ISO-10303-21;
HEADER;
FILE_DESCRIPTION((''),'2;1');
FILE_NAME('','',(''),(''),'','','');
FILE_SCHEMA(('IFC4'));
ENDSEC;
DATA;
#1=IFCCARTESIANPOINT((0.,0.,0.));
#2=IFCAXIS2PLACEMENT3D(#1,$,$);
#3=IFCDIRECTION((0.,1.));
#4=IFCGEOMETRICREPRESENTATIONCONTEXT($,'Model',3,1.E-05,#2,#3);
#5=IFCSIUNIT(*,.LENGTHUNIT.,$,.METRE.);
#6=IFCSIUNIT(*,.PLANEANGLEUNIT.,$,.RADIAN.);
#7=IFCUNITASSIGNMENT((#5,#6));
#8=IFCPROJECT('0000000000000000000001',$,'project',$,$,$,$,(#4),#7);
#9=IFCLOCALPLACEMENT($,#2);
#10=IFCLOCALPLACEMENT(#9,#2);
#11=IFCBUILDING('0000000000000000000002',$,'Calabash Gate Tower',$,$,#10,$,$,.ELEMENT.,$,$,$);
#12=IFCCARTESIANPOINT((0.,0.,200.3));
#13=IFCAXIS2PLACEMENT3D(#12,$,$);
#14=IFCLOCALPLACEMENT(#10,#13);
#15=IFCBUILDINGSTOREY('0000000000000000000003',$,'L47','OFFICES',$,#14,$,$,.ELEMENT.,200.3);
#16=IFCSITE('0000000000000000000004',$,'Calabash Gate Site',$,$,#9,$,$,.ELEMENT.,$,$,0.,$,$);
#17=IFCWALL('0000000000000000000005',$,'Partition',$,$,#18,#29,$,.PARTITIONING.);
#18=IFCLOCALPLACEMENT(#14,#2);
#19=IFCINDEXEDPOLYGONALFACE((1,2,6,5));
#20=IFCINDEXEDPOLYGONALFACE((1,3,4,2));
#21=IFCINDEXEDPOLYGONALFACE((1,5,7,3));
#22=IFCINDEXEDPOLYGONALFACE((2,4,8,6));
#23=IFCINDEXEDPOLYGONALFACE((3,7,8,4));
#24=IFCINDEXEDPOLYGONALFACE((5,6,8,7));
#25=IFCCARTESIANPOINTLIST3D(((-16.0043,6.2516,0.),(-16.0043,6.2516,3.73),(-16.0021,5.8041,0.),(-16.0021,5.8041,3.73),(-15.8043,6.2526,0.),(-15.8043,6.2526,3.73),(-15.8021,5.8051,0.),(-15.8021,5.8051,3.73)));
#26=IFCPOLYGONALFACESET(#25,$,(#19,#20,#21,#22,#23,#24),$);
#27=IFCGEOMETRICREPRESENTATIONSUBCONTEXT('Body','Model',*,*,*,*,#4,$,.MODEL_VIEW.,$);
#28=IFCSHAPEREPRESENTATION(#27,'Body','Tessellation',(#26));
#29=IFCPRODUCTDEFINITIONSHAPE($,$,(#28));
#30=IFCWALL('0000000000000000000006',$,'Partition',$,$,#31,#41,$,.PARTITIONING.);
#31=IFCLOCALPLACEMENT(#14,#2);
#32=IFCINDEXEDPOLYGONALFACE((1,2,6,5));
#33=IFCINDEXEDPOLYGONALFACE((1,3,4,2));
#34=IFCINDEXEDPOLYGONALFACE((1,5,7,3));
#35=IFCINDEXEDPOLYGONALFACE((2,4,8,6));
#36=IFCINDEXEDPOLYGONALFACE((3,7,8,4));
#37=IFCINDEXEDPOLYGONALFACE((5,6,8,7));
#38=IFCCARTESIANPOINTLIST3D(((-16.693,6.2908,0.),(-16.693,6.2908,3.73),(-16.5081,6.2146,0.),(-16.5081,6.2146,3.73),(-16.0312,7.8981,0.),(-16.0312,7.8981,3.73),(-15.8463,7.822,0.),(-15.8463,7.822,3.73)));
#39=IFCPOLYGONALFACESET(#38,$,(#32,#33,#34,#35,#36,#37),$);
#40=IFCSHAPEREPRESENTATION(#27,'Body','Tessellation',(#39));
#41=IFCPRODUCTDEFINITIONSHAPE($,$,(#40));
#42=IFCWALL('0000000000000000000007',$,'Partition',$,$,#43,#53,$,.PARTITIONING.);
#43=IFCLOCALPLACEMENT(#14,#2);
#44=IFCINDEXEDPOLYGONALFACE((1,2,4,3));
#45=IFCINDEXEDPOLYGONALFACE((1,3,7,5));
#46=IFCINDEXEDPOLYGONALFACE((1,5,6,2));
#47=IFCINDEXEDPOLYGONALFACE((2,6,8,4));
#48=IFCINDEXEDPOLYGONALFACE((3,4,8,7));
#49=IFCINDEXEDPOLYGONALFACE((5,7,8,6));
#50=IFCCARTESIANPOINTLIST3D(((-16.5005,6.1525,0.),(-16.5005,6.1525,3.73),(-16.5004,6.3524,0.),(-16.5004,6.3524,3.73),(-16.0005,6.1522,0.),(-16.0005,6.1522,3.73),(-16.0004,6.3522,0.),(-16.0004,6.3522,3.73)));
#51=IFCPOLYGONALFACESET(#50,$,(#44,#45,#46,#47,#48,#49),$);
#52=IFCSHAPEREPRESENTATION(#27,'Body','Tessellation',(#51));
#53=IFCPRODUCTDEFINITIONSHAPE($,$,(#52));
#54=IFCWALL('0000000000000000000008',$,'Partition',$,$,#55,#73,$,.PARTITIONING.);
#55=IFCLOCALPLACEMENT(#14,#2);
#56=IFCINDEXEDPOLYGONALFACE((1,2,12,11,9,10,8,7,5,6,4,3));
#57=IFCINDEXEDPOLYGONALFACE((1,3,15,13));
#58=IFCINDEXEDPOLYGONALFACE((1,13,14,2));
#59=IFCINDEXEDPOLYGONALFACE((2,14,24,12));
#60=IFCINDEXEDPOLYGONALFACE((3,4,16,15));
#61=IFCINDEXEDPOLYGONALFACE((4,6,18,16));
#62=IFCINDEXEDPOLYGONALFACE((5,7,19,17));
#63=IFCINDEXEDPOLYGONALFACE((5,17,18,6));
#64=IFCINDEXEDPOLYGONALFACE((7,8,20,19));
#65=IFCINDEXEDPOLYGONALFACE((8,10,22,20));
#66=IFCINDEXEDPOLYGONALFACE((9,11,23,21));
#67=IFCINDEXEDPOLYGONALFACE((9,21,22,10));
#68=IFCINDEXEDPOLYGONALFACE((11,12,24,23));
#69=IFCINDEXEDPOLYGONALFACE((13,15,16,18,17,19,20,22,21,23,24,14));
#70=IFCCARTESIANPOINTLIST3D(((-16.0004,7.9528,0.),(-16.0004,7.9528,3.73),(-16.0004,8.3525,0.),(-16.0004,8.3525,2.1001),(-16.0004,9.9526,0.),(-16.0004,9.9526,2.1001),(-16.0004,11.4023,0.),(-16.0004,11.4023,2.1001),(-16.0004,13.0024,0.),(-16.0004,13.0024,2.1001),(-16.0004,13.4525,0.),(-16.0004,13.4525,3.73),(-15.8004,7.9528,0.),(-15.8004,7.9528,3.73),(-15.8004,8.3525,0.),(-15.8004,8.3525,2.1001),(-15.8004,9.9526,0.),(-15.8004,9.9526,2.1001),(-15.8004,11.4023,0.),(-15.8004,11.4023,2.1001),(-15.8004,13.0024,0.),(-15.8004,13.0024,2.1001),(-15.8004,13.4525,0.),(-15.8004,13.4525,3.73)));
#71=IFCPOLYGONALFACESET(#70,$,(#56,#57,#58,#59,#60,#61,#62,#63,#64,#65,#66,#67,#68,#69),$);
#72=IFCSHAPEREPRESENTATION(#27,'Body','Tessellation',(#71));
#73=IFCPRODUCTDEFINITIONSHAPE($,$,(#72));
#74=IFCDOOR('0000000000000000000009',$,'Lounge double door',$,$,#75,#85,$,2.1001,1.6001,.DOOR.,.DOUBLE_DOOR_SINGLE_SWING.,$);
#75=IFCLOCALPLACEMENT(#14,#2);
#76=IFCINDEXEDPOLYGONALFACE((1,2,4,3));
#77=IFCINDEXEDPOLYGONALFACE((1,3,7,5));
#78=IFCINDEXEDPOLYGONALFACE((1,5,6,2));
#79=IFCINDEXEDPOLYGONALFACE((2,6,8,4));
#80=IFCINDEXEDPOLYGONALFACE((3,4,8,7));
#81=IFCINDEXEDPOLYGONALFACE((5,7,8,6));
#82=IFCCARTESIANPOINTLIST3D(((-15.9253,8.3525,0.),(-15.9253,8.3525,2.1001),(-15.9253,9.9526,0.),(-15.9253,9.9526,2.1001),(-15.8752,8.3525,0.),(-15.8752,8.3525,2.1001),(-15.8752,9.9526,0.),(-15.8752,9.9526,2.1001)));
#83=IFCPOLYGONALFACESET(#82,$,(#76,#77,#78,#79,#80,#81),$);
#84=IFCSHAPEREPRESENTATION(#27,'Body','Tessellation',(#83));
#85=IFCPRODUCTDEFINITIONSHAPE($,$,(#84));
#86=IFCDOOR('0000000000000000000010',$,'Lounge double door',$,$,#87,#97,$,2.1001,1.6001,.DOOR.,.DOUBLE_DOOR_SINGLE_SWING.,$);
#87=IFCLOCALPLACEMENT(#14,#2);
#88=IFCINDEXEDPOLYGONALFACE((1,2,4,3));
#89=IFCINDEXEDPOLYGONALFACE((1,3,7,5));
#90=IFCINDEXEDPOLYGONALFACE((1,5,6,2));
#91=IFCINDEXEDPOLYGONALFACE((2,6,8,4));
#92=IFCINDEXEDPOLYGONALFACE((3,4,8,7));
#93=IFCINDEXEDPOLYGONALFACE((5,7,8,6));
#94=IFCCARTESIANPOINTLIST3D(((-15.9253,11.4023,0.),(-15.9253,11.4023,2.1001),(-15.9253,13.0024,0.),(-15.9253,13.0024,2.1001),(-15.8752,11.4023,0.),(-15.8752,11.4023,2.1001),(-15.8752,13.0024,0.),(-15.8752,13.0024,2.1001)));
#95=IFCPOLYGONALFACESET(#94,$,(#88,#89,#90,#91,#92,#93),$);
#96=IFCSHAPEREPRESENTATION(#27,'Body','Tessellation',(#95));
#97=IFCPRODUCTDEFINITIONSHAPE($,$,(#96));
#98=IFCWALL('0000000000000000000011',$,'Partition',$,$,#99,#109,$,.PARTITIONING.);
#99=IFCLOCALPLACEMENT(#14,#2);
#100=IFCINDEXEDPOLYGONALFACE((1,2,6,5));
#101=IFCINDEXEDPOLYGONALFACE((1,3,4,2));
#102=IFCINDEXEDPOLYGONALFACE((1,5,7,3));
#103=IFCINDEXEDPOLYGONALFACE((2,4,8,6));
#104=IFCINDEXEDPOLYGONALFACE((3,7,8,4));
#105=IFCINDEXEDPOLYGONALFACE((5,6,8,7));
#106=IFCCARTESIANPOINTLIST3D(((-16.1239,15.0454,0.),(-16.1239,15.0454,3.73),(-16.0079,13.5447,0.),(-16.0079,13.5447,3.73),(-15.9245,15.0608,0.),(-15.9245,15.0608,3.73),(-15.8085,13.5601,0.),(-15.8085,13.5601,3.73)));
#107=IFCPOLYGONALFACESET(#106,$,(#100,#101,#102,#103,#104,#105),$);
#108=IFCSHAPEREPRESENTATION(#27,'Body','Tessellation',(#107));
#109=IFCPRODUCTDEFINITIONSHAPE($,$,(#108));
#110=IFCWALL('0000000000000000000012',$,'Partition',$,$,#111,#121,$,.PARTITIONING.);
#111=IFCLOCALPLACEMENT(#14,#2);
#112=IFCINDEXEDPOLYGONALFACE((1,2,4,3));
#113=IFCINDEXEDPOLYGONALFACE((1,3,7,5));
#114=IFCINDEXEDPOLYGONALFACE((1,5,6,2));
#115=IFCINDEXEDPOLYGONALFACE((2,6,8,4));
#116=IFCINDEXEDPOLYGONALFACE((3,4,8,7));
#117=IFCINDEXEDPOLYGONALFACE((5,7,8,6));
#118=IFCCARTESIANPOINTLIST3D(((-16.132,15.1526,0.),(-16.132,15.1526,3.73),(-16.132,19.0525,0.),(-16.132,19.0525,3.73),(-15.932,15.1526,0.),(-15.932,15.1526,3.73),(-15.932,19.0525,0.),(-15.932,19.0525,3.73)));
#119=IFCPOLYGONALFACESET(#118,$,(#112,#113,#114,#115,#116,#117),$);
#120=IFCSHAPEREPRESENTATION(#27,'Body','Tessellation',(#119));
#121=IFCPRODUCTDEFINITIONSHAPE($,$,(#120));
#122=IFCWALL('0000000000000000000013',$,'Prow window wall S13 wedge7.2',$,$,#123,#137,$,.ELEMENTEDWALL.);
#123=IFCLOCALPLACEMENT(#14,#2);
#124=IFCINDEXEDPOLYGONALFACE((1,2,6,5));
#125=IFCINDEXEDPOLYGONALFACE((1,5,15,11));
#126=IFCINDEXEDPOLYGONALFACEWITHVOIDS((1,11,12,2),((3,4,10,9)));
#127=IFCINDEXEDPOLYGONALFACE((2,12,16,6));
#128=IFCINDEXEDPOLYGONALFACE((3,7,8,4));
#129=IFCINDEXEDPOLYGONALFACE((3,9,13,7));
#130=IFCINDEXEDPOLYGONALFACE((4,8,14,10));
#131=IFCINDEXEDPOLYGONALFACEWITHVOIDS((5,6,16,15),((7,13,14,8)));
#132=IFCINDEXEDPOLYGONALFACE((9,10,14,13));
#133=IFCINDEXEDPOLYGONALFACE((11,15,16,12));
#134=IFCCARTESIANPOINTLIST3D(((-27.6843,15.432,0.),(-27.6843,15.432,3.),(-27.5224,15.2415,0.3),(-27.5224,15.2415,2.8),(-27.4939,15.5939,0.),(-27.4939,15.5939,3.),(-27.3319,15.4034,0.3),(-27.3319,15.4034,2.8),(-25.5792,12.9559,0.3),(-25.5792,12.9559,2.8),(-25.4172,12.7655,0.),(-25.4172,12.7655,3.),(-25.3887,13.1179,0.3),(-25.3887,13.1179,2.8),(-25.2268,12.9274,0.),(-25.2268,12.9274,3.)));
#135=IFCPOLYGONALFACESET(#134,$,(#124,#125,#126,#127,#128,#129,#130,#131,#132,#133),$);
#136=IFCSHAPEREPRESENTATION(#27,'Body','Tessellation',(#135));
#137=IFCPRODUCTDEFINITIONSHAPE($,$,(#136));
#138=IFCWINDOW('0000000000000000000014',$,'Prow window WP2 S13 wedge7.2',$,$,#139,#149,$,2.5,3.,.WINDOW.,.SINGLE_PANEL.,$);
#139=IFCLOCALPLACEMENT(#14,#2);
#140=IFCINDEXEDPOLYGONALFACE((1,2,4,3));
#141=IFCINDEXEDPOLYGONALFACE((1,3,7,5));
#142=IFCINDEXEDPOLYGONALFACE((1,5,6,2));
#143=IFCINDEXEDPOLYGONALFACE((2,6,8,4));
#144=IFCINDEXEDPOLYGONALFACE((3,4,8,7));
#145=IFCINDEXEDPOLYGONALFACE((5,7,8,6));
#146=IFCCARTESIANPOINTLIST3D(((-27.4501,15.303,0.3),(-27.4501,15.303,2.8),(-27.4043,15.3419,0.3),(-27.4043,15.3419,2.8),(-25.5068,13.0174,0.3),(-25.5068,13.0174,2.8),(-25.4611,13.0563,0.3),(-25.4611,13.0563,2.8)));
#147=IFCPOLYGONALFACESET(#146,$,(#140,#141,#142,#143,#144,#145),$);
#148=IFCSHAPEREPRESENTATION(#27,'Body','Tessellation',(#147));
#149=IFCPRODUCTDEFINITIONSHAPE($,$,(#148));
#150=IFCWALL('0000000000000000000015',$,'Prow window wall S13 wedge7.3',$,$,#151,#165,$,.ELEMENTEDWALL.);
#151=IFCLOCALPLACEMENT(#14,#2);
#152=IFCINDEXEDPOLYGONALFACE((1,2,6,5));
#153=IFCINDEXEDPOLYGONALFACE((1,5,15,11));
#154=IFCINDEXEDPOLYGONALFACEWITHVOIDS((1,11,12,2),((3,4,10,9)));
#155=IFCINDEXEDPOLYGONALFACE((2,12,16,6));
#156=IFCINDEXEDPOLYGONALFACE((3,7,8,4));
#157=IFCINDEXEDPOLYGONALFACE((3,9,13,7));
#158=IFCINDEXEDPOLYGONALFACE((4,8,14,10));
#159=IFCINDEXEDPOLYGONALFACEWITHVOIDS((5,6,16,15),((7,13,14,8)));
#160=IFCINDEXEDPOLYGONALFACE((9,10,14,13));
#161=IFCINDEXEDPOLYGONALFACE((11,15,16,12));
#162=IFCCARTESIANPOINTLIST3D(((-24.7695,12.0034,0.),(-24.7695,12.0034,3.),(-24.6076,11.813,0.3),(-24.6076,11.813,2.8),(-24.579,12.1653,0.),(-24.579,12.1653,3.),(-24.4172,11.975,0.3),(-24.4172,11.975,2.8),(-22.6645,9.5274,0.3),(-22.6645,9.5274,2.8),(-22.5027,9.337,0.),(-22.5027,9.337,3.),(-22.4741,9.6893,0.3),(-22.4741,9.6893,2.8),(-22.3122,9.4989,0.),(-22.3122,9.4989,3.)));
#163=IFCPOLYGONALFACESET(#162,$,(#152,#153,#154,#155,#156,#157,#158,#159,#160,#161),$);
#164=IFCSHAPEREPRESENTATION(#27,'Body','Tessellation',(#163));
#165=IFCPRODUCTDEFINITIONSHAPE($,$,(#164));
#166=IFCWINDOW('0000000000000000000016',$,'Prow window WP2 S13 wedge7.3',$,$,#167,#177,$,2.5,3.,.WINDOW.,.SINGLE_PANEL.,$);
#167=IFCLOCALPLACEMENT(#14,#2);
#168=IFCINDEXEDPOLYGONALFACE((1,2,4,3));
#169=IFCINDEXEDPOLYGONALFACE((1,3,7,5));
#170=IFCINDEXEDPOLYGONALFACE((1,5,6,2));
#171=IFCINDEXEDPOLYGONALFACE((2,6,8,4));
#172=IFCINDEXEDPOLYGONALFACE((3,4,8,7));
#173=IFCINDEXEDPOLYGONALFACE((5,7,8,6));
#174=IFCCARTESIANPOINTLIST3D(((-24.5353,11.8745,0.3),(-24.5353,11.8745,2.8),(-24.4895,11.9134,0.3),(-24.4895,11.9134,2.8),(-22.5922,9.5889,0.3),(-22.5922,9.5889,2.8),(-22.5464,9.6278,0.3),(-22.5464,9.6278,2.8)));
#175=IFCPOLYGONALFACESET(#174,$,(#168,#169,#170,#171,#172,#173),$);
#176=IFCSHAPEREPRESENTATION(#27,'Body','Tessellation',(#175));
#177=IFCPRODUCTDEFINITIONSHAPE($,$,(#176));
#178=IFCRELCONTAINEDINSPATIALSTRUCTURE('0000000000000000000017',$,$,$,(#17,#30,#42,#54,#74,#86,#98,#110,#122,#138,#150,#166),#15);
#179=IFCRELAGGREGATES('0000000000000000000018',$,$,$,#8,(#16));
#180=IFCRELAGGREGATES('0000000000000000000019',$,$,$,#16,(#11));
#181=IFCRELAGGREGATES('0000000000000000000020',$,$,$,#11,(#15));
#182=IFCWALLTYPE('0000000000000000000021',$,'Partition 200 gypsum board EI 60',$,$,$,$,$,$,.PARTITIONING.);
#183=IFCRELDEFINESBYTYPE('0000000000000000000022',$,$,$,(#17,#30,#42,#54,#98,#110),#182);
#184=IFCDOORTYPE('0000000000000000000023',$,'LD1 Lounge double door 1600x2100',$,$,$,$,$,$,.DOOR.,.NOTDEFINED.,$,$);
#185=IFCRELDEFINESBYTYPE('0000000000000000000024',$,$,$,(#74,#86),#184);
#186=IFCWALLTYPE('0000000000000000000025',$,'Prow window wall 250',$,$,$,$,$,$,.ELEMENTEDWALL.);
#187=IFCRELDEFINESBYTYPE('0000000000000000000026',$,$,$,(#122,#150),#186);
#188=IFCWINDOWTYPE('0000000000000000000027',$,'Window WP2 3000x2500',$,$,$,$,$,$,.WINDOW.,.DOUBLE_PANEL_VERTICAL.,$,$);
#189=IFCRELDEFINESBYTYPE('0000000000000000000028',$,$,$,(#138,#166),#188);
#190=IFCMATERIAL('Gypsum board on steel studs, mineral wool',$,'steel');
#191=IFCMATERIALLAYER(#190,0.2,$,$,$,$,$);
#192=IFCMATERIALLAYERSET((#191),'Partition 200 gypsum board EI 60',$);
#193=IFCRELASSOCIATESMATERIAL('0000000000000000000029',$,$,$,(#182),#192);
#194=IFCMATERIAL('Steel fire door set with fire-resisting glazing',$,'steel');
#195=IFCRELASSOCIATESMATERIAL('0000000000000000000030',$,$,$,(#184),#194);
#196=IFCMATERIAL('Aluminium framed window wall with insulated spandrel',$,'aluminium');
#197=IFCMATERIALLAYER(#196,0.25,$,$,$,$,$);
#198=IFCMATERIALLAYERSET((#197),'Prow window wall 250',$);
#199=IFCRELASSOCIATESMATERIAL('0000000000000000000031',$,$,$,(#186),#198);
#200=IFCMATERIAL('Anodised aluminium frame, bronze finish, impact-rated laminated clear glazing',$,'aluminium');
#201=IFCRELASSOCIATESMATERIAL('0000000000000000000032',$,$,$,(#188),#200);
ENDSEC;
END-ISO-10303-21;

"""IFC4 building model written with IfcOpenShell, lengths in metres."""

from ifc_helpers import new_model, si_unit, direction, frame, frame_2d, origin, place, context, subcontext, project, spatial, rectangle, extrude, material, layer, layer_set, type_object, element, fill, save


model = new_model("IFC4")

# Units and contexts
model_context = context("Model", 3, precision=1e-05, world=origin(), true_north=direction((0.0, 1.0)))
body_context = subcontext(model_context, "Body", "Model", "MODEL_VIEW")
ifc_project = project(units=[si_unit("LENGTHUNIT", "METRE"), si_unit("PLANEANGLEUNIT", "RADIAN")], contexts=[model_context])

# Site, building, storey
site_placement = place(None, origin())
site = spatial("IfcSite", under=ifc_project, at=site_placement, Name="Calabash Gate Site", CompositionType="ELEMENT", RefElevation=0.0)
building_placement = place(site_placement, origin())
building = spatial("IfcBuilding", under=site, at=building_placement, Name="Calabash Gate Tower", CompositionType="ELEMENT")
storey_placement = place(building_placement, frame((0.0, 0.0, 200.3)))
storey = spatial("IfcBuildingStorey", under=building, at=storey_placement, Name="L47", Description="OFFICES", CompositionType="ELEMENT", Elevation=200.3)

# Walls
ifc_material_1 = material(Name="Gypsum board on steel studs, mineral wool", Category="steel")
ifc_layer_1 = layer(ifc_material_1, 0.2)
ifc_layer_set_1 = layer_set([ifc_layer_1], Name="Partition 200 gypsum board EI 60")
wall_type_1 = type_object("IfcWallType", Name="Partition 200 gypsum board EI 60", PredefinedType="PARTITIONING", material=ifc_layer_set_1)
wall_1_placement = place(storey_placement, frame((-15.9043, 6.252, 0.0), z_axis=(0.0, 0.0, 1.0), x_axis=(0.00491, -0.999988, 0.0)))
element("IfcWall", 1, at=wall_1_placement, inside=storey, type_object=wall_type_1, Name="Partition", PredefinedType="PARTITIONING", context=body_context, shape_type="SweptSolid", body=[
    extrude(rectangle(XDim=0.4475, YDim=0.2, at=frame_2d((0.2236, 0.0))), origin(), (0.0, 0.0, 1.0), 3.73),
])
wall_2_placement = place(storey_placement, frame((-16.6006, 6.2527, 0.0), z_axis=(0.0, 0.0, 1.0), x_axis=(0.380743, 0.924681, 0.0)))
element("IfcWall", 2, at=wall_2_placement, inside=storey, type_object=wall_type_1, Name="Partition", PredefinedType="PARTITIONING", context=body_context, shape_type="SweptSolid", body=[
    extrude(rectangle(XDim=1.7383, YDim=0.2, at=frame_2d((0.8691, 0.0))), origin(), (0.0, 0.0, 1.0), 3.73),
])
wall_3_placement = place(storey_placement, frame((-16.5005, 6.2524, 0.0), z_axis=(0.0, 0.0, 1.0), x_axis=(1.0, -0.000488, 0.0)))
element("IfcWall", 3, at=wall_3_placement, inside=storey, type_object=wall_type_1, Name="Partition", PredefinedType="PARTITIONING", context=body_context, shape_type="SweptSolid", body=[
    extrude(rectangle(XDim=0.5, YDim=0.2, at=frame_2d((0.25, 0.0))), origin(), (0.0, 0.0, 1.0), 3.73),
])

# Wall, openings, doors
wall_4_placement = place(storey_placement, frame((-15.9004, 7.9526, 0.0), z_axis=(0.0, 0.0, 1.0), x_axis=(0.0, 1.0, 0.0)))
wall_4 = element("IfcWall", 4, at=wall_4_placement, inside=storey, type_object=wall_type_1, Name="Partition", PredefinedType="PARTITIONING", context=body_context, shape_type="SweptSolid", body=[
    extrude(rectangle(XDim=5.4998, YDim=0.2, at=frame_2d((2.75, 0.0))), origin(), (0.0, 0.0, 1.0), 3.73),
])
opening_1_placement = place(wall_4_placement, frame((0.3999, 0.0, 0.0)))
opening_1 = element("IfcOpeningElement", 5, at=opening_1_placement, cuts=wall_4, PredefinedType="OPENING", context=body_context, shape_type="SweptSolid", body=[
    extrude(rectangle(XDim=1.6001, YDim=2.1001, at=frame_2d((0.8, 1.05))), frame((0.0, 0.1099, 0.0), z_axis=(0.0, -1.0, 0.0), x_axis=(1.0, 0.0, 0.0)), (0.0, 0.0, 1.0), 0.22),
])
opening_2_placement = place(wall_4_placement, frame((3.4497, 0.0, 0.0)))
opening_2 = element("IfcOpeningElement", 6, at=opening_2_placement, cuts=wall_4, PredefinedType="OPENING", context=body_context, shape_type="SweptSolid", body=[
    extrude(rectangle(XDim=1.6001, YDim=2.1001, at=frame_2d((0.8, 1.05))), frame((0.0, 0.1099, 0.0), z_axis=(0.0, -1.0, 0.0), x_axis=(1.0, 0.0, 0.0)), (0.0, 0.0, 1.0), 0.22),
])
ifc_material_2 = material(Name="Steel fire door set with fire-resisting glazing", Category="steel")
door_type = type_object("IfcDoorType", Name="LD1 Lounge double door 1600x2100", OperationType="NOTDEFINED", PredefinedType="DOOR", material=ifc_material_2)
door_1_placement = place(opening_1_placement, origin())
door_1 = element("IfcDoor", 7, at=door_1_placement, inside=storey, type_object=door_type, Name="Lounge double door", OperationType="DOUBLE_DOOR_SINGLE_SWING", OverallHeight=2.1001, OverallWidth=1.6001, PredefinedType="DOOR", context=body_context, shape_type="SweptSolid", body=[
    extrude(rectangle(XDim=1.6001, YDim=2.1001, at=frame_2d((0.8, 1.05))), frame((0.0, 0.0249, 0.0), z_axis=(0.0, -1.0, 0.0), x_axis=(1.0, 0.0, 0.0)), (0.0, 0.0, 1.0), 0.05),
])
fill(opening_1, door_1)
door_2_placement = place(opening_2_placement, origin())
door_2 = element("IfcDoor", 8, at=door_2_placement, inside=storey, type_object=door_type, Name="Lounge double door", OperationType="DOUBLE_DOOR_SINGLE_SWING", OverallHeight=2.1001, OverallWidth=1.6001, PredefinedType="DOOR", context=body_context, shape_type="SweptSolid", body=[
    extrude(rectangle(XDim=1.6001, YDim=2.1001, at=frame_2d((0.8, 1.05))), frame((0.0, 0.0249, 0.0), z_axis=(0.0, -1.0, 0.0), x_axis=(1.0, 0.0, 0.0)), (0.0, 0.0, 1.0), 0.05),
])
fill(opening_2, door_2)

# Walls
wall_5_placement = place(storey_placement, frame((-16.0242, 15.053, 0.0), z_axis=(0.0, 0.0, 1.0), x_axis=(0.077044, -0.997028, 0.0)))
element("IfcWall", 9, at=wall_5_placement, inside=storey, type_object=wall_type_1, Name="Partition", PredefinedType="PARTITIONING", context=body_context, shape_type="SweptSolid", body=[
    extrude(rectangle(XDim=1.5051, YDim=0.2, at=frame_2d((0.7524, 0.0))), origin(), (0.0, 0.0, 1.0), 3.73),
])
wall_6_placement = place(storey_placement, frame((-16.032, 15.1526, 0.0), z_axis=(0.0, 0.0, 1.0), x_axis=(0.0, 1.0, 0.0)))
element("IfcWall", 10, at=wall_6_placement, inside=storey, type_object=wall_type_1, Name="Partition", PredefinedType="PARTITIONING", context=body_context, shape_type="SweptSolid", body=[
    extrude(rectangle(XDim=3.8999, YDim=0.2, at=frame_2d((1.95, 0.0))), origin(), (0.0, 0.0, 1.0), 3.73),
])

# Walls, openings, windows
ifc_material_3 = material(Name="Aluminium framed window wall with insulated spandrel", Category="aluminium")
ifc_layer_2 = layer(ifc_material_3, 0.25)
ifc_layer_set_2 = layer_set([ifc_layer_2], Name="Prow window wall 250")
wall_type_2 = type_object("IfcWallType", Name="Prow window wall 250", PredefinedType="ELEMENTEDWALL", material=ifc_layer_set_2)
wall_7_placement = place(storey_placement, frame((-27.5891, 15.5129, 0.0), z_axis=(0.0, 0.0, 1.0), x_axis=(0.647742, -0.76186, 0.0)))
wall_7 = element("IfcWall", 11, at=wall_7_placement, inside=storey, type_object=wall_type_2, Name="Prow window wall S13 wedge7.2", PredefinedType="ELEMENTEDWALL", context=body_context, shape_type="SweptSolid", body=[
    extrude(rectangle(XDim=3.5, YDim=0.25, at=frame_2d((1.75, 0.0))), origin(), (0.0, 0.0, 1.0), 3.0),
])
opening_3_placement = place(wall_7_placement, frame((0.25, 0.0, 0.3)))
opening_3 = element("IfcOpeningElement", 12, at=opening_3_placement, cuts=wall_7, PredefinedType="OPENING", context=body_context, shape_type="SweptSolid", body=[
    extrude(rectangle(XDim=3.0, YDim=2.5, at=frame_2d((1.5, 1.25))), frame((0.0, 0.135, 0.0), z_axis=(0.0, -1.0, 0.0), x_axis=(1.0, 0.0, 0.0)), (0.0, 0.0, 1.0), 0.27),
])
ifc_material_4 = material(Name="Anodised aluminium frame, bronze finish, impact-rated laminated clear glazing", Category="aluminium")
window_type = type_object("IfcWindowType", Name="Window WP2 3000x2500", PartitioningType="DOUBLE_PANEL_VERTICAL", PredefinedType="WINDOW", material=ifc_material_4)
window_1_placement = place(opening_3_placement, origin())
window_1 = element("IfcWindow", 13, at=window_1_placement, inside=storey, type_object=window_type, Name="Prow window WP2 S13 wedge7.2", OverallHeight=2.5, OverallWidth=3.0, PartitioningType="SINGLE_PANEL", PredefinedType="WINDOW", context=body_context, shape_type="SweptSolid", body=[
    extrude(rectangle(XDim=3.0, YDim=2.5, at=frame_2d((1.5, 1.25))), frame((0.0, 0.03, 0.0), z_axis=(0.0, -1.0, 0.0), x_axis=(1.0, 0.0, 0.0)), (0.0, 0.0, 1.0), 0.0601),
])
fill(opening_3, window_1)
wall_8_placement = place(storey_placement, frame((-24.6743, 12.0845, 0.0), z_axis=(0.0, 0.0, 1.0), x_axis=(0.647701, -0.761895, 0.0)))
wall_8 = element("IfcWall", 14, at=wall_8_placement, inside=storey, type_object=wall_type_2, Name="Prow window wall S13 wedge7.3", PredefinedType="ELEMENTEDWALL", context=body_context, shape_type="SweptSolid", body=[
    extrude(rectangle(XDim=3.4998, YDim=0.25, at=frame_2d((1.75, 0.0))), origin(), (0.0, 0.0, 1.0), 3.0),
])
opening_4_placement = place(wall_8_placement, frame((0.25, 0.0, 0.3)))
opening_4 = element("IfcOpeningElement", 15, at=opening_4_placement, cuts=wall_8, PredefinedType="OPENING", context=body_context, shape_type="SweptSolid", body=[
    extrude(rectangle(XDim=3.0, YDim=2.5, at=frame_2d((1.5, 1.25))), frame((0.0, 0.135, 0.0), z_axis=(0.0, -1.0, 0.0), x_axis=(1.0, 0.0, 0.0)), (0.0, 0.0, 1.0), 0.27),
])
window_2_placement = place(opening_4_placement, origin())
window_2 = element("IfcWindow", 16, at=window_2_placement, inside=storey, type_object=window_type, Name="Prow window WP2 S13 wedge7.3", OverallHeight=2.5, OverallWidth=3.0, PartitioningType="SINGLE_PANEL", PredefinedType="WINDOW", context=body_context, shape_type="SweptSolid", body=[
    extrude(rectangle(XDim=3.0, YDim=2.5, at=frame_2d((1.5, 1.25))), frame((0.0, 0.03, 0.0), z_axis=(0.0, -1.0, 0.0), x_axis=(1.0, 0.0, 0.0)), (0.0, 0.0, 1.0), 0.0601),
])
fill(opening_4, window_2)

save(model, "model.ifc")
